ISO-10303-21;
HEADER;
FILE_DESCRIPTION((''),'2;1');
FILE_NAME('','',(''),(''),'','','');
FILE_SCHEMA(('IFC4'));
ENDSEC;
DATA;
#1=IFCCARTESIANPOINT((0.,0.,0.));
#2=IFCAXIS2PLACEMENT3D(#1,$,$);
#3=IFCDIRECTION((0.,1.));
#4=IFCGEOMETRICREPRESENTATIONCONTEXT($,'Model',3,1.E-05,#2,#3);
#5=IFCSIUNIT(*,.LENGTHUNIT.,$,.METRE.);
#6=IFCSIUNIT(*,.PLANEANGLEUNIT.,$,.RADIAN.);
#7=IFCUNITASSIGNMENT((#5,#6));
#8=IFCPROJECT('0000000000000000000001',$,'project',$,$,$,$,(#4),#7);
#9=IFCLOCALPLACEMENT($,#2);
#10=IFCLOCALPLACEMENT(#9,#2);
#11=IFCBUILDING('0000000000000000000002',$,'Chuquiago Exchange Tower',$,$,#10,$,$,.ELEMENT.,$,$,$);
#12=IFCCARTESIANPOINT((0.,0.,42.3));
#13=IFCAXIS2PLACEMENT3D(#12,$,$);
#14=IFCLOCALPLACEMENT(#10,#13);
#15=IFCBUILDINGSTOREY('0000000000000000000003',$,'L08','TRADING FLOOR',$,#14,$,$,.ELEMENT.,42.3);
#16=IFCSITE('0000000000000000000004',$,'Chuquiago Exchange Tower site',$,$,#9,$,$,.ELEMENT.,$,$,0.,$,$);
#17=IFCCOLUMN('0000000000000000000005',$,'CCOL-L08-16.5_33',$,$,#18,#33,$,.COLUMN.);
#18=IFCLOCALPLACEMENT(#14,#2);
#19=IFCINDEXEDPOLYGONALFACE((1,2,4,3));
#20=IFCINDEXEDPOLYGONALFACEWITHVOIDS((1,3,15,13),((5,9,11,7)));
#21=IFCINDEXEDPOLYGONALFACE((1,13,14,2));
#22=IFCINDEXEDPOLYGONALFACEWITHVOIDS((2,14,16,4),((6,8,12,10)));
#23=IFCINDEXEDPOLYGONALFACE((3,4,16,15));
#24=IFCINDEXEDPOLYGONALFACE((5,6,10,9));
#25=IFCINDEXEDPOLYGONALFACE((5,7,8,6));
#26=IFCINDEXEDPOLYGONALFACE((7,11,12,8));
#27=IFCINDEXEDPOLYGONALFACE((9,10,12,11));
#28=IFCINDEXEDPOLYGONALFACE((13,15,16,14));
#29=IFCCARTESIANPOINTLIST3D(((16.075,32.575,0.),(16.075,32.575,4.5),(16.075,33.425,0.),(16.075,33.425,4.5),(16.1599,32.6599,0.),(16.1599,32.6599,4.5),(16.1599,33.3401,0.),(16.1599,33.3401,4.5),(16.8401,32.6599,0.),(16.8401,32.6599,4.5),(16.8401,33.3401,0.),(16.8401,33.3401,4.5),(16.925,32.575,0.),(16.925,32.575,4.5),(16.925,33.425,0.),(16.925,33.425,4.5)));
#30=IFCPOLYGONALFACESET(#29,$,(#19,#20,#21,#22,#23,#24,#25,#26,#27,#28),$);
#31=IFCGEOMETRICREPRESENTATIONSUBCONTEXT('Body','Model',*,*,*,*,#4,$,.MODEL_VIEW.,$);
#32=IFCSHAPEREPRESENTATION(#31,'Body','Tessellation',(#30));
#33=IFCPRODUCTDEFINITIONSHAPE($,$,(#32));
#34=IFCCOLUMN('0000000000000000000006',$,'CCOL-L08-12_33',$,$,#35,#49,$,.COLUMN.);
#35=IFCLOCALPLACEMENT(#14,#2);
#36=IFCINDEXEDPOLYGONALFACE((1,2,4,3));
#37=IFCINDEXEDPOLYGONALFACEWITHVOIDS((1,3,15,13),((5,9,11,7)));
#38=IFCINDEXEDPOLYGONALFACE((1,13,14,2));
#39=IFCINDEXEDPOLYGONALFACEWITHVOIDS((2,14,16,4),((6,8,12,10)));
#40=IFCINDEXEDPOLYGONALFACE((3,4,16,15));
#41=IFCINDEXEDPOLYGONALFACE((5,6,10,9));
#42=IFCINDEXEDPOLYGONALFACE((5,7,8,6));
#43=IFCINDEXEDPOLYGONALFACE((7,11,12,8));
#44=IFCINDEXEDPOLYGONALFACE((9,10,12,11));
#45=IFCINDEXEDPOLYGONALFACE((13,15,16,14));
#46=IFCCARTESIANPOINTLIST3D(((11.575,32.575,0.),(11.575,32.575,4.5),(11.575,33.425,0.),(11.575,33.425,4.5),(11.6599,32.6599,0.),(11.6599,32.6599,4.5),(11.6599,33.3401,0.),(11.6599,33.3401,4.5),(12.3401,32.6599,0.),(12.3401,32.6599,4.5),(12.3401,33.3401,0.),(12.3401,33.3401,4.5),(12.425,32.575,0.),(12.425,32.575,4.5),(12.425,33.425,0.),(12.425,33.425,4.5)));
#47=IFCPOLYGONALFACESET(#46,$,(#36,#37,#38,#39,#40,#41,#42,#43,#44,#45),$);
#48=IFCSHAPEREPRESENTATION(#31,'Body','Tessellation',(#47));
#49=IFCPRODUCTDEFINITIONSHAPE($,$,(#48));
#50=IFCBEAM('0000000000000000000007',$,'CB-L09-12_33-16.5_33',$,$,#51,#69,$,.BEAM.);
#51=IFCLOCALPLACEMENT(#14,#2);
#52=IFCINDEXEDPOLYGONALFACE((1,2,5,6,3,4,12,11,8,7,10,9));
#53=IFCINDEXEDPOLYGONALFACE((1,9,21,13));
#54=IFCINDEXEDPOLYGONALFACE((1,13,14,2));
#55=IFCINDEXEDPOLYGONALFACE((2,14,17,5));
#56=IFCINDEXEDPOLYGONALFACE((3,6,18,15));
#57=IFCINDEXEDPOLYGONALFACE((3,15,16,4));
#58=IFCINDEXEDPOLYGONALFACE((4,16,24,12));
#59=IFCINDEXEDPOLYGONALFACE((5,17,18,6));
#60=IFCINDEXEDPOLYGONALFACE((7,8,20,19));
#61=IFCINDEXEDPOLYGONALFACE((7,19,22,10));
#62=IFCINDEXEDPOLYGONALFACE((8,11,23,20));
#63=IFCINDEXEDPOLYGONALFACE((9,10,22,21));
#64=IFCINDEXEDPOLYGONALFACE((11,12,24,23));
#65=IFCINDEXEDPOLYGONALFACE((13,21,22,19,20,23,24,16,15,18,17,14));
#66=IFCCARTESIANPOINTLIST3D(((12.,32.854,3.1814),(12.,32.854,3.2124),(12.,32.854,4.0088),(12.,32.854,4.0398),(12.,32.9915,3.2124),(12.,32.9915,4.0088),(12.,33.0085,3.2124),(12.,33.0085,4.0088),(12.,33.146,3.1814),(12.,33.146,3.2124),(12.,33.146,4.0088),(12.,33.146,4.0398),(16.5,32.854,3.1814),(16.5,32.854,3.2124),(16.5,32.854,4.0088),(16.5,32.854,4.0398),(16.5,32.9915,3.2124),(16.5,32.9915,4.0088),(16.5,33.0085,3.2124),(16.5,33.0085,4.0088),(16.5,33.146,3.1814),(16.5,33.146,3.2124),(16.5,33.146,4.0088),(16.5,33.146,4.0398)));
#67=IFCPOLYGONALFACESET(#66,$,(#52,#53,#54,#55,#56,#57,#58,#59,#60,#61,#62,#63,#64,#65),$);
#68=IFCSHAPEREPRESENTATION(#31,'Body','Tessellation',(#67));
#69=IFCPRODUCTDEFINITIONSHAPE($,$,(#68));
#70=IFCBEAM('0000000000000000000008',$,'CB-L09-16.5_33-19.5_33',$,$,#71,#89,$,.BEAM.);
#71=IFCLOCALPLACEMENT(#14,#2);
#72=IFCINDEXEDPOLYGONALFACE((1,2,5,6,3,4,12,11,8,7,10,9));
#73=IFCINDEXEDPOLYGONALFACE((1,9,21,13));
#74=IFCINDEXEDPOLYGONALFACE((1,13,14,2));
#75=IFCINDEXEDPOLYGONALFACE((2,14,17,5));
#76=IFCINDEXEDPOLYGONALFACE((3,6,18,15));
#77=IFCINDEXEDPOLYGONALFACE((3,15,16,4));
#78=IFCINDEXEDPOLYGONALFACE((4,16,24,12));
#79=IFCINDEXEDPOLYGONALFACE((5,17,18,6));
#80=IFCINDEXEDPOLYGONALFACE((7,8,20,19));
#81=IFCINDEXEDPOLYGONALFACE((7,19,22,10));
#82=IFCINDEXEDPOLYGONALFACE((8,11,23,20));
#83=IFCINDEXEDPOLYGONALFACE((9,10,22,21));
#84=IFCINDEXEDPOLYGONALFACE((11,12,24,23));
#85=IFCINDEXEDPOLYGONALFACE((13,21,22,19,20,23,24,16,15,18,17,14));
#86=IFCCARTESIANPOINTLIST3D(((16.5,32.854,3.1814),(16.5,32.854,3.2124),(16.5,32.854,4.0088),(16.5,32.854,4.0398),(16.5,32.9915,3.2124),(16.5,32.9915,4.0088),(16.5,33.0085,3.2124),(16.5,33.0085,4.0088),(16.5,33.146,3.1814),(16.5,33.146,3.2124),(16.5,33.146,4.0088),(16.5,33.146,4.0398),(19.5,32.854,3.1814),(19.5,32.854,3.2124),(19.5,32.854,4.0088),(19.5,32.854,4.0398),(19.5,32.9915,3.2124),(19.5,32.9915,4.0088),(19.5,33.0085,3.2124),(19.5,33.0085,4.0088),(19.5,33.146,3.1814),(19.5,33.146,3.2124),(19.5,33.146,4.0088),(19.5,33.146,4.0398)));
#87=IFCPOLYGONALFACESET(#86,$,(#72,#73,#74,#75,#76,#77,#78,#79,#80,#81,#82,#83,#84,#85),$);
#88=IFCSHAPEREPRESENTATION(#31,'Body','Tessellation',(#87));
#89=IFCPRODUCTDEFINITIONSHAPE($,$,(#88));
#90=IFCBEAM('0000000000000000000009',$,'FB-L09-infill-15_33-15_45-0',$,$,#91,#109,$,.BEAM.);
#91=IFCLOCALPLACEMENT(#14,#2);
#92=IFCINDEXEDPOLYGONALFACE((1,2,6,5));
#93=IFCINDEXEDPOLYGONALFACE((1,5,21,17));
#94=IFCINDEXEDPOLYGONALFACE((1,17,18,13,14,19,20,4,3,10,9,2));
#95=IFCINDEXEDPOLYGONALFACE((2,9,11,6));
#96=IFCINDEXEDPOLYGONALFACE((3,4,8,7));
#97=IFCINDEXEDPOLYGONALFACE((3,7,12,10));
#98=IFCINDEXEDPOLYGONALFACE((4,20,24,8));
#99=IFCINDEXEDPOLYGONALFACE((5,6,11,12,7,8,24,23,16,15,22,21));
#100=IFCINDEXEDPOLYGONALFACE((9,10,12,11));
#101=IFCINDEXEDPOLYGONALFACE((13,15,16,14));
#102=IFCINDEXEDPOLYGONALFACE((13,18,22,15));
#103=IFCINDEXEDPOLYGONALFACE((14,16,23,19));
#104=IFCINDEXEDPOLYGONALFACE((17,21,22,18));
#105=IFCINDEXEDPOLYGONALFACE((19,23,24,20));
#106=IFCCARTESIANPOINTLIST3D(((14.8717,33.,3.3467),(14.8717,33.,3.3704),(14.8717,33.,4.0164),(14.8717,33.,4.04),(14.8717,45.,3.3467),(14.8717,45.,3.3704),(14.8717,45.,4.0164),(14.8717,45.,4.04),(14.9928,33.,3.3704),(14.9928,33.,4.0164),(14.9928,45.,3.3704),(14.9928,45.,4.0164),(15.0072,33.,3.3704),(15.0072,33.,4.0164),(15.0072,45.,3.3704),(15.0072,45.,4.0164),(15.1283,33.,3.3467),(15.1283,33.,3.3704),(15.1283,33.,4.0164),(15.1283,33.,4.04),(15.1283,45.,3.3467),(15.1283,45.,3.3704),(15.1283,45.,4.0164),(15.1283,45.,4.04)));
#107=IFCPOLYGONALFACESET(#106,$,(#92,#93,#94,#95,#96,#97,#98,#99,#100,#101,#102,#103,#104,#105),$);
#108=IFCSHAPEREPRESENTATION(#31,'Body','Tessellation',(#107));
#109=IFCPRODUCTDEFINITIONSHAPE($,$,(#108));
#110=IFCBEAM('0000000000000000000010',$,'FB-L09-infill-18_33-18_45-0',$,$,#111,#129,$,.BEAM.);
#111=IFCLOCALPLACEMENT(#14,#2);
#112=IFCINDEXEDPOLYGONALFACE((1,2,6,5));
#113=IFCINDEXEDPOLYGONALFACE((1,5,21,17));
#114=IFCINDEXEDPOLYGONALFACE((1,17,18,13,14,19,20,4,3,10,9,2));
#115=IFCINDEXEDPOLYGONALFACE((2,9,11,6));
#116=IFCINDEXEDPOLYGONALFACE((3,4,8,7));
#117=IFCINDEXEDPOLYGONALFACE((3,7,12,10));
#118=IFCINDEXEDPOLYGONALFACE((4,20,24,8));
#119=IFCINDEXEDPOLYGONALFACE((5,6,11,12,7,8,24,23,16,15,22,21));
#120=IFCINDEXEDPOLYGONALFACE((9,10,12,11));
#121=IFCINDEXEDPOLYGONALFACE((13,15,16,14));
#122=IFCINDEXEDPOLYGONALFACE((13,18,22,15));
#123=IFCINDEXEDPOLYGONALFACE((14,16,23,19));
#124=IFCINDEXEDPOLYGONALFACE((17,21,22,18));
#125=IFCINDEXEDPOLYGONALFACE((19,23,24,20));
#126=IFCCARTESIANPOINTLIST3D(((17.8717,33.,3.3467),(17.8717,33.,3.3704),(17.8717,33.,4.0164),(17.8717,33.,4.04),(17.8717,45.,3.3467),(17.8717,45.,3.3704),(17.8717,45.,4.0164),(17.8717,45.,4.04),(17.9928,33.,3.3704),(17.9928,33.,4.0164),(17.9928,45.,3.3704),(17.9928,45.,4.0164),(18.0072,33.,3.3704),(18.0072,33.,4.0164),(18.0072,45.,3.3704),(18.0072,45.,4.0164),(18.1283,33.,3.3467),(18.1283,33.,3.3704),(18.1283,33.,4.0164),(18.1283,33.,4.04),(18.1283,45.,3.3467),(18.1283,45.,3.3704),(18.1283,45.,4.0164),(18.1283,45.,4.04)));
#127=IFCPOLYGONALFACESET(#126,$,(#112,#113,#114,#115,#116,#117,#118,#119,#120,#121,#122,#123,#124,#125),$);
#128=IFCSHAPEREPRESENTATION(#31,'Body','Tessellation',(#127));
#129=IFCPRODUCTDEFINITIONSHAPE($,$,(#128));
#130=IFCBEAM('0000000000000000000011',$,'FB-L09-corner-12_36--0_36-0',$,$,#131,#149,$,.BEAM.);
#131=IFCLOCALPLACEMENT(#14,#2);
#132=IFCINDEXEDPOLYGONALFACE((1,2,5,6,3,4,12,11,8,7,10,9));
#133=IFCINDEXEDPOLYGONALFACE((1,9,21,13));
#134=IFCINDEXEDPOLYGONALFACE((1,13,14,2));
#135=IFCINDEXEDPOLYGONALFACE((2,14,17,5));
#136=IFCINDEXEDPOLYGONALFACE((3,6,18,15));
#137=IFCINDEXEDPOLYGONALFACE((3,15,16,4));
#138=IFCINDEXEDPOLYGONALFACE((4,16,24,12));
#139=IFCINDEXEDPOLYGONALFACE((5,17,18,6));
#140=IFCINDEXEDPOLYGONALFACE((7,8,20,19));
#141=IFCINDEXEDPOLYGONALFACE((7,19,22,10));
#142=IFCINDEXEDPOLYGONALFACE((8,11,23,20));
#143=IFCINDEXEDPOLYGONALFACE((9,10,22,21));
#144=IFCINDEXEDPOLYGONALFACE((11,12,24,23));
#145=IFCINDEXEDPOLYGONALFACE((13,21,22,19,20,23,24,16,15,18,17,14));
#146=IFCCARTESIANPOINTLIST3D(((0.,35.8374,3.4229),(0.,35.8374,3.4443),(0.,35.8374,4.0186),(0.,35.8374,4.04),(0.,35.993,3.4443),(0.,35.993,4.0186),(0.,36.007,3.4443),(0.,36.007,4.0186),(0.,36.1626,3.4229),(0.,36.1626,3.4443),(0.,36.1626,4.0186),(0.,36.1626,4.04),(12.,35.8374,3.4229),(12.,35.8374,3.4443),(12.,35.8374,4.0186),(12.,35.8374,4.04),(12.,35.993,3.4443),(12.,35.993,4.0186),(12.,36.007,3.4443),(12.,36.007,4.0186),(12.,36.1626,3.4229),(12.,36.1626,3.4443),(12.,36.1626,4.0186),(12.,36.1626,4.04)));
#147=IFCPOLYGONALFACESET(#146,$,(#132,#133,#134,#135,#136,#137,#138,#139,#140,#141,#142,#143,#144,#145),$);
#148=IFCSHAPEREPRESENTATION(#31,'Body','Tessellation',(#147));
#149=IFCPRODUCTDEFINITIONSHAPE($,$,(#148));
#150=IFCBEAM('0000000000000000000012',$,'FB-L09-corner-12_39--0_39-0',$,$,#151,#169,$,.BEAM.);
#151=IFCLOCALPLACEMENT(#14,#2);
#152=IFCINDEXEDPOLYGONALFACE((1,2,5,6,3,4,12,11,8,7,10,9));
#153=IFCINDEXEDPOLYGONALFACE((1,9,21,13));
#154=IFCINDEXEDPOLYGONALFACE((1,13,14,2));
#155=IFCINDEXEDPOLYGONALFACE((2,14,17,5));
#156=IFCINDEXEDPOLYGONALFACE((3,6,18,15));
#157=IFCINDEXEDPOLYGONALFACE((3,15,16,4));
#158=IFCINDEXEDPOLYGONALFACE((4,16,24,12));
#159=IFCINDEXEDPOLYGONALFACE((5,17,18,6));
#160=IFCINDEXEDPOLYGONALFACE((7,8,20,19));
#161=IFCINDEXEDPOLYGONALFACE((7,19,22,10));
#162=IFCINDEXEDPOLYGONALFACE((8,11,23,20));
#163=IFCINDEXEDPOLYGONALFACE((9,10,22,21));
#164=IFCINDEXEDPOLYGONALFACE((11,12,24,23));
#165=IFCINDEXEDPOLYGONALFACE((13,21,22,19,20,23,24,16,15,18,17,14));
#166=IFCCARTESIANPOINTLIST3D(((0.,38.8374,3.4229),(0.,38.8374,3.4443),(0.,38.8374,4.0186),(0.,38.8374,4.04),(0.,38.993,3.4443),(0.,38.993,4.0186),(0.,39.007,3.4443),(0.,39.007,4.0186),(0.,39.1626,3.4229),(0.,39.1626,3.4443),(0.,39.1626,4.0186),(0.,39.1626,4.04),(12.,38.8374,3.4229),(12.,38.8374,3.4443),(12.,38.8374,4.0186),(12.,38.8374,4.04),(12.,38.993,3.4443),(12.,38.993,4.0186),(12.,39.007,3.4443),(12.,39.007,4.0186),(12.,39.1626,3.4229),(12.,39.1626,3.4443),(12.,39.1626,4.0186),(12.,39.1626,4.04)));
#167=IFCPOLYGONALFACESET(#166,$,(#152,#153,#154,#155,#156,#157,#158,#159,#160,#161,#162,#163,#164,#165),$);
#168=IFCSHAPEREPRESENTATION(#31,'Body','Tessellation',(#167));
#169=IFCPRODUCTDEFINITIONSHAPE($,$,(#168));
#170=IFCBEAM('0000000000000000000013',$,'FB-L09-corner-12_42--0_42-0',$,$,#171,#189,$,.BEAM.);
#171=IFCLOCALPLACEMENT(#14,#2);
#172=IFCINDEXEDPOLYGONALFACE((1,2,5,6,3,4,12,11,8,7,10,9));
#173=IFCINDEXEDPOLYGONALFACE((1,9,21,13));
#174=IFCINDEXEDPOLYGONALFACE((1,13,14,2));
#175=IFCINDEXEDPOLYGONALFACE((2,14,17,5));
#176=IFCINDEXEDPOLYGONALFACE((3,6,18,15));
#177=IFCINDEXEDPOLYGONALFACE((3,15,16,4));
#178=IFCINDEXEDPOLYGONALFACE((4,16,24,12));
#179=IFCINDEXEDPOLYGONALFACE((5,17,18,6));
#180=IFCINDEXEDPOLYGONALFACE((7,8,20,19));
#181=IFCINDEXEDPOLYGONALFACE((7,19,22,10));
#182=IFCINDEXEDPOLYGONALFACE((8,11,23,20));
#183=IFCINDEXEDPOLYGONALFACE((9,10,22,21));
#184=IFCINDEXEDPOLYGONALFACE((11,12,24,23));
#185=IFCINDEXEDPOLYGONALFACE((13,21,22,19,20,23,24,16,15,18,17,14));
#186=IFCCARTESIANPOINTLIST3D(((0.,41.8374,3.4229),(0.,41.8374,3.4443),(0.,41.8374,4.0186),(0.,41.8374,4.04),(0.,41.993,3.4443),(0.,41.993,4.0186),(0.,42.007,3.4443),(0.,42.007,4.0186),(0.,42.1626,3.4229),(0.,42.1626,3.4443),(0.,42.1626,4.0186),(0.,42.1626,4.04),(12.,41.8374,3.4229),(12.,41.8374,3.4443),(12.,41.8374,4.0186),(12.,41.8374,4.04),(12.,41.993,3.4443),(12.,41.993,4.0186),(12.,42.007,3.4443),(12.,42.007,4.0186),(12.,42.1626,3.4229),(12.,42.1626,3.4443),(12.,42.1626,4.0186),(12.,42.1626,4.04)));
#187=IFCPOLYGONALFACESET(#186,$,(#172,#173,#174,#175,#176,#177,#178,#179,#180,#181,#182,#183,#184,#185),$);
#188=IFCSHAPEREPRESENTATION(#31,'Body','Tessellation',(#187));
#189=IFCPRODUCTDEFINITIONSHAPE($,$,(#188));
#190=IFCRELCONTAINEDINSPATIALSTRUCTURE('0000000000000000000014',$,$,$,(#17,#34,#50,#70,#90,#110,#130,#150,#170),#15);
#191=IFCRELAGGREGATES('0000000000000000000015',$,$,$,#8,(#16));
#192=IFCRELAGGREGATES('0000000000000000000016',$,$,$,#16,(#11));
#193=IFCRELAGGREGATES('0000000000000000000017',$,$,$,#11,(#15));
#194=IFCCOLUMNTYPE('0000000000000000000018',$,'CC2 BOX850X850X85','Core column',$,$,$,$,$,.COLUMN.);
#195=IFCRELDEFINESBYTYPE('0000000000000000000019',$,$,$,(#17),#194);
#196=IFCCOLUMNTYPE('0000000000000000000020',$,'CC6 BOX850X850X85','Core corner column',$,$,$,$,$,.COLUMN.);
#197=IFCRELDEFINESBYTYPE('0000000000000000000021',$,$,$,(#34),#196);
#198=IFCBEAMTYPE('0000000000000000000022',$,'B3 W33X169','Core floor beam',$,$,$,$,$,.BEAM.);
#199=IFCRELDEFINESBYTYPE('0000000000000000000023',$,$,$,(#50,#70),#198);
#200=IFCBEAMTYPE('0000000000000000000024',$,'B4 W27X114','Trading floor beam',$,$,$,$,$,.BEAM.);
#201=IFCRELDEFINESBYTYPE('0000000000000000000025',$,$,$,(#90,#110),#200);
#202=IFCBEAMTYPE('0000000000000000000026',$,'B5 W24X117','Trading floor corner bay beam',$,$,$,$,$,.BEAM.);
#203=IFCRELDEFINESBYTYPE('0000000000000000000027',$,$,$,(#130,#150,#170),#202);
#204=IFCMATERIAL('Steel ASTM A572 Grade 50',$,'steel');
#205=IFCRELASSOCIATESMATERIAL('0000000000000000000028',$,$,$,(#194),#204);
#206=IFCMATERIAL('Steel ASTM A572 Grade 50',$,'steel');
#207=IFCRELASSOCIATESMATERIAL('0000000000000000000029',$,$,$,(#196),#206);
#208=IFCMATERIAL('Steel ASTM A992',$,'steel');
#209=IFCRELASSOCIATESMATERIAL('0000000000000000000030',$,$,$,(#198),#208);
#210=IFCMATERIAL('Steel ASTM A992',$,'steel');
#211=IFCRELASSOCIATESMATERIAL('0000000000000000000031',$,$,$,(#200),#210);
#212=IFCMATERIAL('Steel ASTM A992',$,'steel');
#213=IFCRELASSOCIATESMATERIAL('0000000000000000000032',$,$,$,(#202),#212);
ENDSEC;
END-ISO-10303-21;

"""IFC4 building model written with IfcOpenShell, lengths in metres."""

from ifc_helpers import new_model, si_unit, direction, frame, origin, origin_2d, place, context, subcontext, project, spatial, hollow_rectangle, i_section, extrude, material, material_profile, profile_set, type_object, element, save


model = new_model("IFC4")

# Units and contexts
model_context = context("Model", 3, precision=1e-05, world=origin(), true_north=direction((0.0, 1.0)))
body_context = subcontext(model_context, "Body", "Model", "MODEL_VIEW")
ifc_project = project(units=[si_unit("LENGTHUNIT", "METRE"), si_unit("PLANEANGLEUNIT", "RADIAN")], contexts=[model_context])

# Site, building, storey
site_placement = place(None, origin())
site = spatial("IfcSite", under=ifc_project, at=site_placement, Name="Chuquiago Exchange Tower site", CompositionType="ELEMENT", RefElevation=0.0)
building_placement = place(site_placement, origin())
building = spatial("IfcBuilding", under=site, at=building_placement, Name="Chuquiago Exchange Tower", CompositionType="ELEMENT")
storey_placement = place(building_placement, frame((0.0, 0.0, 42.3)))
storey = spatial("IfcBuildingStorey", under=building, at=storey_placement, Name="L08", Description="TRADING FLOOR", CompositionType="ELEMENT", Elevation=42.3)

# Columns
ifc_material_1 = material(Name="Steel ASTM A572 Grade 50", Category="steel")
ifc_material_profile_1 = material_profile(ifc_material_1, hollow_rectangle(XDim=0.8501, YDim=0.8501, WallThickness=0.085, at=origin_2d()), Name="BOX850X850X85")
ifc_profile_set_1 = profile_set([ifc_material_profile_1], Name="Steel ASTM A572 Grade 50")
column_type_1 = type_object("IfcColumnType", Name="CC2 BOX850X850X85", Description="Core column", PredefinedType="COLUMN", material=ifc_profile_set_1)
column_1_placement = place(storey_placement, frame((16.5, 33.0, 0.0), z_axis=(0.0, 0.0, 1.0), x_axis=(1.0, 0.0, 0.0)))
element("IfcColumn", 1, at=column_1_placement, inside=storey, type_object=column_type_1, Name="CCOL-L08-16.5_33", PredefinedType="COLUMN", context=body_context, shape_type="SweptSolid", body=[
    extrude(hollow_rectangle(XDim=0.8501, YDim=0.8501, WallThickness=0.085, at=origin_2d()), origin(), (0.0, 0.0, 1.0), 4.5),
])
ifc_material_2 = material(Name="Steel ASTM A572 Grade 50", Category="steel")
ifc_material_profile_2 = material_profile(ifc_material_2, hollow_rectangle(XDim=0.8501, YDim=0.8501, WallThickness=0.085, at=origin_2d()), Name="BOX850X850X85")
ifc_profile_set_2 = profile_set([ifc_material_profile_2], Name="Steel ASTM A572 Grade 50")
column_type_2 = type_object("IfcColumnType", Name="CC6 BOX850X850X85", Description="Core corner column", PredefinedType="COLUMN", material=ifc_profile_set_2)
column_2_placement = place(storey_placement, frame((12.0, 33.0, 0.0), z_axis=(0.0, 0.0, 1.0), x_axis=(1.0, 0.0, 0.0)))
element("IfcColumn", 2, at=column_2_placement, inside=storey, type_object=column_type_2, Name="CCOL-L08-12_33", PredefinedType="COLUMN", context=body_context, shape_type="SweptSolid", body=[
    extrude(hollow_rectangle(XDim=0.8501, YDim=0.8501, WallThickness=0.085, at=origin_2d()), origin(), (0.0, 0.0, 1.0), 4.5),
])

# Beams
ifc_material_3 = material(Name="Steel ASTM A992", Category="steel")
ifc_material_profile_3 = material_profile(ifc_material_3, i_section(OverallWidth=0.292, OverallDepth=0.8584, WebThickness=0.0171, FlangeThickness=0.031, at=origin_2d()), Name="W33X169")
ifc_profile_set_3 = profile_set([ifc_material_profile_3], Name="Steel ASTM A992")
beam_type_1 = type_object("IfcBeamType", Name="B3 W33X169", Description="Core floor beam", PredefinedType="BEAM", material=ifc_profile_set_3)
beam_1_placement = place(storey_placement, frame((12.0, 33.0, 3.6106), z_axis=(1.0, 0.0, 0.0), x_axis=(0.0, 1.0, 0.0)))
element("IfcBeam", 3, at=beam_1_placement, inside=storey, type_object=beam_type_1, Name="CB-L09-12_33-16.5_33", PredefinedType="BEAM", context=body_context, shape_type="SweptSolid", body=[
    extrude(i_section(OverallWidth=0.292, OverallDepth=0.8584, WebThickness=0.0171, FlangeThickness=0.031, at=origin_2d()), origin(), (0.0, 0.0, 1.0), 4.5),
])
beam_2_placement = place(storey_placement, frame((16.5, 33.0, 3.6106), z_axis=(1.0, 0.0, 0.0), x_axis=(0.0, 1.0, 0.0)))
element("IfcBeam", 4, at=beam_2_placement, inside=storey, type_object=beam_type_1, Name="CB-L09-16.5_33-19.5_33", PredefinedType="BEAM", context=body_context, shape_type="SweptSolid", body=[
    extrude(i_section(OverallWidth=0.292, OverallDepth=0.8584, WebThickness=0.0171, FlangeThickness=0.031, at=origin_2d()), origin(), (0.0, 0.0, 1.0), 3.0),
])
ifc_material_4 = material(Name="Steel ASTM A992", Category="steel")
ifc_material_profile_4 = material_profile(ifc_material_4, i_section(OverallWidth=0.2566, OverallDepth=0.6934, WebThickness=0.0144, FlangeThickness=0.0237, at=origin_2d()), Name="W27X114")
ifc_profile_set_4 = profile_set([ifc_material_profile_4], Name="Steel ASTM A992")
beam_type_2 = type_object("IfcBeamType", Name="B4 W27X114", Description="Trading floor beam", PredefinedType="BEAM", material=ifc_profile_set_4)
for number, where, z_axis, x_axis, name in (
    (5, (15.0, 33.0, 3.6934), (0.0, 1.0, 0.0), (-1.0, 0.0, 0.0), "FB-L09-infill-15_33-15_45-0"),
    (6, (18.0, 33.0, 3.6934), (0.0, 1.0, 0.0), (-1.0, 0.0, 0.0), "FB-L09-infill-18_33-18_45-0"),
):
    element("IfcBeam", number, at=place(storey_placement, frame(where, z_axis=z_axis, x_axis=x_axis)), inside=storey, type_object=beam_type_2, Name=name, PredefinedType="BEAM", context=body_context, shape_type="SweptSolid", body=[
        extrude(i_section(OverallWidth=0.2566, OverallDepth=0.6934, WebThickness=0.0144, FlangeThickness=0.0237, at=origin_2d()), origin(), (0.0, 0.0, 1.0), 12.0),
    ])
ifc_material_5 = material(Name="Steel ASTM A992", Category="steel")
ifc_material_profile_5 = material_profile(ifc_material_5, i_section(OverallWidth=0.3252, OverallDepth=0.6172, WebThickness=0.0139, FlangeThickness=0.0215, at=origin_2d()), Name="W24X117")
ifc_profile_set_5 = profile_set([ifc_material_profile_5], Name="Steel ASTM A992")
beam_type_3 = type_object("IfcBeamType", Name="B5 W24X117", Description="Trading floor corner bay beam", PredefinedType="BEAM", material=ifc_profile_set_5)
for number, where, z_axis, x_axis, name in (
    (7, (12.0, 36.0, 3.7314), (-1.0, 0.0, 0.0), (0.0, -1.0, 0.0), "FB-L09-corner-12_36--0_36-0"),
    (8, (12.0, 39.0, 3.7314), (-1.0, 0.0, 0.0), (0.0, -1.0, 0.0), "FB-L09-corner-12_39--0_39-0"),
    (9, (12.0, 42.0, 3.7314), (-1.0, 0.0, 0.0), (0.0, -1.0, 0.0), "FB-L09-corner-12_42--0_42-0"),
):
    element("IfcBeam", number, at=place(storey_placement, frame(where, z_axis=z_axis, x_axis=x_axis)), inside=storey, type_object=beam_type_3, Name=name, PredefinedType="BEAM", context=body_context, shape_type="SweptSolid", body=[
        extrude(i_section(OverallWidth=0.3252, OverallDepth=0.6172, WebThickness=0.0139, FlangeThickness=0.0215, at=origin_2d()), origin(), (0.0, 0.0, 1.0), 12.0),
    ])

save(model, "model.ifc")
